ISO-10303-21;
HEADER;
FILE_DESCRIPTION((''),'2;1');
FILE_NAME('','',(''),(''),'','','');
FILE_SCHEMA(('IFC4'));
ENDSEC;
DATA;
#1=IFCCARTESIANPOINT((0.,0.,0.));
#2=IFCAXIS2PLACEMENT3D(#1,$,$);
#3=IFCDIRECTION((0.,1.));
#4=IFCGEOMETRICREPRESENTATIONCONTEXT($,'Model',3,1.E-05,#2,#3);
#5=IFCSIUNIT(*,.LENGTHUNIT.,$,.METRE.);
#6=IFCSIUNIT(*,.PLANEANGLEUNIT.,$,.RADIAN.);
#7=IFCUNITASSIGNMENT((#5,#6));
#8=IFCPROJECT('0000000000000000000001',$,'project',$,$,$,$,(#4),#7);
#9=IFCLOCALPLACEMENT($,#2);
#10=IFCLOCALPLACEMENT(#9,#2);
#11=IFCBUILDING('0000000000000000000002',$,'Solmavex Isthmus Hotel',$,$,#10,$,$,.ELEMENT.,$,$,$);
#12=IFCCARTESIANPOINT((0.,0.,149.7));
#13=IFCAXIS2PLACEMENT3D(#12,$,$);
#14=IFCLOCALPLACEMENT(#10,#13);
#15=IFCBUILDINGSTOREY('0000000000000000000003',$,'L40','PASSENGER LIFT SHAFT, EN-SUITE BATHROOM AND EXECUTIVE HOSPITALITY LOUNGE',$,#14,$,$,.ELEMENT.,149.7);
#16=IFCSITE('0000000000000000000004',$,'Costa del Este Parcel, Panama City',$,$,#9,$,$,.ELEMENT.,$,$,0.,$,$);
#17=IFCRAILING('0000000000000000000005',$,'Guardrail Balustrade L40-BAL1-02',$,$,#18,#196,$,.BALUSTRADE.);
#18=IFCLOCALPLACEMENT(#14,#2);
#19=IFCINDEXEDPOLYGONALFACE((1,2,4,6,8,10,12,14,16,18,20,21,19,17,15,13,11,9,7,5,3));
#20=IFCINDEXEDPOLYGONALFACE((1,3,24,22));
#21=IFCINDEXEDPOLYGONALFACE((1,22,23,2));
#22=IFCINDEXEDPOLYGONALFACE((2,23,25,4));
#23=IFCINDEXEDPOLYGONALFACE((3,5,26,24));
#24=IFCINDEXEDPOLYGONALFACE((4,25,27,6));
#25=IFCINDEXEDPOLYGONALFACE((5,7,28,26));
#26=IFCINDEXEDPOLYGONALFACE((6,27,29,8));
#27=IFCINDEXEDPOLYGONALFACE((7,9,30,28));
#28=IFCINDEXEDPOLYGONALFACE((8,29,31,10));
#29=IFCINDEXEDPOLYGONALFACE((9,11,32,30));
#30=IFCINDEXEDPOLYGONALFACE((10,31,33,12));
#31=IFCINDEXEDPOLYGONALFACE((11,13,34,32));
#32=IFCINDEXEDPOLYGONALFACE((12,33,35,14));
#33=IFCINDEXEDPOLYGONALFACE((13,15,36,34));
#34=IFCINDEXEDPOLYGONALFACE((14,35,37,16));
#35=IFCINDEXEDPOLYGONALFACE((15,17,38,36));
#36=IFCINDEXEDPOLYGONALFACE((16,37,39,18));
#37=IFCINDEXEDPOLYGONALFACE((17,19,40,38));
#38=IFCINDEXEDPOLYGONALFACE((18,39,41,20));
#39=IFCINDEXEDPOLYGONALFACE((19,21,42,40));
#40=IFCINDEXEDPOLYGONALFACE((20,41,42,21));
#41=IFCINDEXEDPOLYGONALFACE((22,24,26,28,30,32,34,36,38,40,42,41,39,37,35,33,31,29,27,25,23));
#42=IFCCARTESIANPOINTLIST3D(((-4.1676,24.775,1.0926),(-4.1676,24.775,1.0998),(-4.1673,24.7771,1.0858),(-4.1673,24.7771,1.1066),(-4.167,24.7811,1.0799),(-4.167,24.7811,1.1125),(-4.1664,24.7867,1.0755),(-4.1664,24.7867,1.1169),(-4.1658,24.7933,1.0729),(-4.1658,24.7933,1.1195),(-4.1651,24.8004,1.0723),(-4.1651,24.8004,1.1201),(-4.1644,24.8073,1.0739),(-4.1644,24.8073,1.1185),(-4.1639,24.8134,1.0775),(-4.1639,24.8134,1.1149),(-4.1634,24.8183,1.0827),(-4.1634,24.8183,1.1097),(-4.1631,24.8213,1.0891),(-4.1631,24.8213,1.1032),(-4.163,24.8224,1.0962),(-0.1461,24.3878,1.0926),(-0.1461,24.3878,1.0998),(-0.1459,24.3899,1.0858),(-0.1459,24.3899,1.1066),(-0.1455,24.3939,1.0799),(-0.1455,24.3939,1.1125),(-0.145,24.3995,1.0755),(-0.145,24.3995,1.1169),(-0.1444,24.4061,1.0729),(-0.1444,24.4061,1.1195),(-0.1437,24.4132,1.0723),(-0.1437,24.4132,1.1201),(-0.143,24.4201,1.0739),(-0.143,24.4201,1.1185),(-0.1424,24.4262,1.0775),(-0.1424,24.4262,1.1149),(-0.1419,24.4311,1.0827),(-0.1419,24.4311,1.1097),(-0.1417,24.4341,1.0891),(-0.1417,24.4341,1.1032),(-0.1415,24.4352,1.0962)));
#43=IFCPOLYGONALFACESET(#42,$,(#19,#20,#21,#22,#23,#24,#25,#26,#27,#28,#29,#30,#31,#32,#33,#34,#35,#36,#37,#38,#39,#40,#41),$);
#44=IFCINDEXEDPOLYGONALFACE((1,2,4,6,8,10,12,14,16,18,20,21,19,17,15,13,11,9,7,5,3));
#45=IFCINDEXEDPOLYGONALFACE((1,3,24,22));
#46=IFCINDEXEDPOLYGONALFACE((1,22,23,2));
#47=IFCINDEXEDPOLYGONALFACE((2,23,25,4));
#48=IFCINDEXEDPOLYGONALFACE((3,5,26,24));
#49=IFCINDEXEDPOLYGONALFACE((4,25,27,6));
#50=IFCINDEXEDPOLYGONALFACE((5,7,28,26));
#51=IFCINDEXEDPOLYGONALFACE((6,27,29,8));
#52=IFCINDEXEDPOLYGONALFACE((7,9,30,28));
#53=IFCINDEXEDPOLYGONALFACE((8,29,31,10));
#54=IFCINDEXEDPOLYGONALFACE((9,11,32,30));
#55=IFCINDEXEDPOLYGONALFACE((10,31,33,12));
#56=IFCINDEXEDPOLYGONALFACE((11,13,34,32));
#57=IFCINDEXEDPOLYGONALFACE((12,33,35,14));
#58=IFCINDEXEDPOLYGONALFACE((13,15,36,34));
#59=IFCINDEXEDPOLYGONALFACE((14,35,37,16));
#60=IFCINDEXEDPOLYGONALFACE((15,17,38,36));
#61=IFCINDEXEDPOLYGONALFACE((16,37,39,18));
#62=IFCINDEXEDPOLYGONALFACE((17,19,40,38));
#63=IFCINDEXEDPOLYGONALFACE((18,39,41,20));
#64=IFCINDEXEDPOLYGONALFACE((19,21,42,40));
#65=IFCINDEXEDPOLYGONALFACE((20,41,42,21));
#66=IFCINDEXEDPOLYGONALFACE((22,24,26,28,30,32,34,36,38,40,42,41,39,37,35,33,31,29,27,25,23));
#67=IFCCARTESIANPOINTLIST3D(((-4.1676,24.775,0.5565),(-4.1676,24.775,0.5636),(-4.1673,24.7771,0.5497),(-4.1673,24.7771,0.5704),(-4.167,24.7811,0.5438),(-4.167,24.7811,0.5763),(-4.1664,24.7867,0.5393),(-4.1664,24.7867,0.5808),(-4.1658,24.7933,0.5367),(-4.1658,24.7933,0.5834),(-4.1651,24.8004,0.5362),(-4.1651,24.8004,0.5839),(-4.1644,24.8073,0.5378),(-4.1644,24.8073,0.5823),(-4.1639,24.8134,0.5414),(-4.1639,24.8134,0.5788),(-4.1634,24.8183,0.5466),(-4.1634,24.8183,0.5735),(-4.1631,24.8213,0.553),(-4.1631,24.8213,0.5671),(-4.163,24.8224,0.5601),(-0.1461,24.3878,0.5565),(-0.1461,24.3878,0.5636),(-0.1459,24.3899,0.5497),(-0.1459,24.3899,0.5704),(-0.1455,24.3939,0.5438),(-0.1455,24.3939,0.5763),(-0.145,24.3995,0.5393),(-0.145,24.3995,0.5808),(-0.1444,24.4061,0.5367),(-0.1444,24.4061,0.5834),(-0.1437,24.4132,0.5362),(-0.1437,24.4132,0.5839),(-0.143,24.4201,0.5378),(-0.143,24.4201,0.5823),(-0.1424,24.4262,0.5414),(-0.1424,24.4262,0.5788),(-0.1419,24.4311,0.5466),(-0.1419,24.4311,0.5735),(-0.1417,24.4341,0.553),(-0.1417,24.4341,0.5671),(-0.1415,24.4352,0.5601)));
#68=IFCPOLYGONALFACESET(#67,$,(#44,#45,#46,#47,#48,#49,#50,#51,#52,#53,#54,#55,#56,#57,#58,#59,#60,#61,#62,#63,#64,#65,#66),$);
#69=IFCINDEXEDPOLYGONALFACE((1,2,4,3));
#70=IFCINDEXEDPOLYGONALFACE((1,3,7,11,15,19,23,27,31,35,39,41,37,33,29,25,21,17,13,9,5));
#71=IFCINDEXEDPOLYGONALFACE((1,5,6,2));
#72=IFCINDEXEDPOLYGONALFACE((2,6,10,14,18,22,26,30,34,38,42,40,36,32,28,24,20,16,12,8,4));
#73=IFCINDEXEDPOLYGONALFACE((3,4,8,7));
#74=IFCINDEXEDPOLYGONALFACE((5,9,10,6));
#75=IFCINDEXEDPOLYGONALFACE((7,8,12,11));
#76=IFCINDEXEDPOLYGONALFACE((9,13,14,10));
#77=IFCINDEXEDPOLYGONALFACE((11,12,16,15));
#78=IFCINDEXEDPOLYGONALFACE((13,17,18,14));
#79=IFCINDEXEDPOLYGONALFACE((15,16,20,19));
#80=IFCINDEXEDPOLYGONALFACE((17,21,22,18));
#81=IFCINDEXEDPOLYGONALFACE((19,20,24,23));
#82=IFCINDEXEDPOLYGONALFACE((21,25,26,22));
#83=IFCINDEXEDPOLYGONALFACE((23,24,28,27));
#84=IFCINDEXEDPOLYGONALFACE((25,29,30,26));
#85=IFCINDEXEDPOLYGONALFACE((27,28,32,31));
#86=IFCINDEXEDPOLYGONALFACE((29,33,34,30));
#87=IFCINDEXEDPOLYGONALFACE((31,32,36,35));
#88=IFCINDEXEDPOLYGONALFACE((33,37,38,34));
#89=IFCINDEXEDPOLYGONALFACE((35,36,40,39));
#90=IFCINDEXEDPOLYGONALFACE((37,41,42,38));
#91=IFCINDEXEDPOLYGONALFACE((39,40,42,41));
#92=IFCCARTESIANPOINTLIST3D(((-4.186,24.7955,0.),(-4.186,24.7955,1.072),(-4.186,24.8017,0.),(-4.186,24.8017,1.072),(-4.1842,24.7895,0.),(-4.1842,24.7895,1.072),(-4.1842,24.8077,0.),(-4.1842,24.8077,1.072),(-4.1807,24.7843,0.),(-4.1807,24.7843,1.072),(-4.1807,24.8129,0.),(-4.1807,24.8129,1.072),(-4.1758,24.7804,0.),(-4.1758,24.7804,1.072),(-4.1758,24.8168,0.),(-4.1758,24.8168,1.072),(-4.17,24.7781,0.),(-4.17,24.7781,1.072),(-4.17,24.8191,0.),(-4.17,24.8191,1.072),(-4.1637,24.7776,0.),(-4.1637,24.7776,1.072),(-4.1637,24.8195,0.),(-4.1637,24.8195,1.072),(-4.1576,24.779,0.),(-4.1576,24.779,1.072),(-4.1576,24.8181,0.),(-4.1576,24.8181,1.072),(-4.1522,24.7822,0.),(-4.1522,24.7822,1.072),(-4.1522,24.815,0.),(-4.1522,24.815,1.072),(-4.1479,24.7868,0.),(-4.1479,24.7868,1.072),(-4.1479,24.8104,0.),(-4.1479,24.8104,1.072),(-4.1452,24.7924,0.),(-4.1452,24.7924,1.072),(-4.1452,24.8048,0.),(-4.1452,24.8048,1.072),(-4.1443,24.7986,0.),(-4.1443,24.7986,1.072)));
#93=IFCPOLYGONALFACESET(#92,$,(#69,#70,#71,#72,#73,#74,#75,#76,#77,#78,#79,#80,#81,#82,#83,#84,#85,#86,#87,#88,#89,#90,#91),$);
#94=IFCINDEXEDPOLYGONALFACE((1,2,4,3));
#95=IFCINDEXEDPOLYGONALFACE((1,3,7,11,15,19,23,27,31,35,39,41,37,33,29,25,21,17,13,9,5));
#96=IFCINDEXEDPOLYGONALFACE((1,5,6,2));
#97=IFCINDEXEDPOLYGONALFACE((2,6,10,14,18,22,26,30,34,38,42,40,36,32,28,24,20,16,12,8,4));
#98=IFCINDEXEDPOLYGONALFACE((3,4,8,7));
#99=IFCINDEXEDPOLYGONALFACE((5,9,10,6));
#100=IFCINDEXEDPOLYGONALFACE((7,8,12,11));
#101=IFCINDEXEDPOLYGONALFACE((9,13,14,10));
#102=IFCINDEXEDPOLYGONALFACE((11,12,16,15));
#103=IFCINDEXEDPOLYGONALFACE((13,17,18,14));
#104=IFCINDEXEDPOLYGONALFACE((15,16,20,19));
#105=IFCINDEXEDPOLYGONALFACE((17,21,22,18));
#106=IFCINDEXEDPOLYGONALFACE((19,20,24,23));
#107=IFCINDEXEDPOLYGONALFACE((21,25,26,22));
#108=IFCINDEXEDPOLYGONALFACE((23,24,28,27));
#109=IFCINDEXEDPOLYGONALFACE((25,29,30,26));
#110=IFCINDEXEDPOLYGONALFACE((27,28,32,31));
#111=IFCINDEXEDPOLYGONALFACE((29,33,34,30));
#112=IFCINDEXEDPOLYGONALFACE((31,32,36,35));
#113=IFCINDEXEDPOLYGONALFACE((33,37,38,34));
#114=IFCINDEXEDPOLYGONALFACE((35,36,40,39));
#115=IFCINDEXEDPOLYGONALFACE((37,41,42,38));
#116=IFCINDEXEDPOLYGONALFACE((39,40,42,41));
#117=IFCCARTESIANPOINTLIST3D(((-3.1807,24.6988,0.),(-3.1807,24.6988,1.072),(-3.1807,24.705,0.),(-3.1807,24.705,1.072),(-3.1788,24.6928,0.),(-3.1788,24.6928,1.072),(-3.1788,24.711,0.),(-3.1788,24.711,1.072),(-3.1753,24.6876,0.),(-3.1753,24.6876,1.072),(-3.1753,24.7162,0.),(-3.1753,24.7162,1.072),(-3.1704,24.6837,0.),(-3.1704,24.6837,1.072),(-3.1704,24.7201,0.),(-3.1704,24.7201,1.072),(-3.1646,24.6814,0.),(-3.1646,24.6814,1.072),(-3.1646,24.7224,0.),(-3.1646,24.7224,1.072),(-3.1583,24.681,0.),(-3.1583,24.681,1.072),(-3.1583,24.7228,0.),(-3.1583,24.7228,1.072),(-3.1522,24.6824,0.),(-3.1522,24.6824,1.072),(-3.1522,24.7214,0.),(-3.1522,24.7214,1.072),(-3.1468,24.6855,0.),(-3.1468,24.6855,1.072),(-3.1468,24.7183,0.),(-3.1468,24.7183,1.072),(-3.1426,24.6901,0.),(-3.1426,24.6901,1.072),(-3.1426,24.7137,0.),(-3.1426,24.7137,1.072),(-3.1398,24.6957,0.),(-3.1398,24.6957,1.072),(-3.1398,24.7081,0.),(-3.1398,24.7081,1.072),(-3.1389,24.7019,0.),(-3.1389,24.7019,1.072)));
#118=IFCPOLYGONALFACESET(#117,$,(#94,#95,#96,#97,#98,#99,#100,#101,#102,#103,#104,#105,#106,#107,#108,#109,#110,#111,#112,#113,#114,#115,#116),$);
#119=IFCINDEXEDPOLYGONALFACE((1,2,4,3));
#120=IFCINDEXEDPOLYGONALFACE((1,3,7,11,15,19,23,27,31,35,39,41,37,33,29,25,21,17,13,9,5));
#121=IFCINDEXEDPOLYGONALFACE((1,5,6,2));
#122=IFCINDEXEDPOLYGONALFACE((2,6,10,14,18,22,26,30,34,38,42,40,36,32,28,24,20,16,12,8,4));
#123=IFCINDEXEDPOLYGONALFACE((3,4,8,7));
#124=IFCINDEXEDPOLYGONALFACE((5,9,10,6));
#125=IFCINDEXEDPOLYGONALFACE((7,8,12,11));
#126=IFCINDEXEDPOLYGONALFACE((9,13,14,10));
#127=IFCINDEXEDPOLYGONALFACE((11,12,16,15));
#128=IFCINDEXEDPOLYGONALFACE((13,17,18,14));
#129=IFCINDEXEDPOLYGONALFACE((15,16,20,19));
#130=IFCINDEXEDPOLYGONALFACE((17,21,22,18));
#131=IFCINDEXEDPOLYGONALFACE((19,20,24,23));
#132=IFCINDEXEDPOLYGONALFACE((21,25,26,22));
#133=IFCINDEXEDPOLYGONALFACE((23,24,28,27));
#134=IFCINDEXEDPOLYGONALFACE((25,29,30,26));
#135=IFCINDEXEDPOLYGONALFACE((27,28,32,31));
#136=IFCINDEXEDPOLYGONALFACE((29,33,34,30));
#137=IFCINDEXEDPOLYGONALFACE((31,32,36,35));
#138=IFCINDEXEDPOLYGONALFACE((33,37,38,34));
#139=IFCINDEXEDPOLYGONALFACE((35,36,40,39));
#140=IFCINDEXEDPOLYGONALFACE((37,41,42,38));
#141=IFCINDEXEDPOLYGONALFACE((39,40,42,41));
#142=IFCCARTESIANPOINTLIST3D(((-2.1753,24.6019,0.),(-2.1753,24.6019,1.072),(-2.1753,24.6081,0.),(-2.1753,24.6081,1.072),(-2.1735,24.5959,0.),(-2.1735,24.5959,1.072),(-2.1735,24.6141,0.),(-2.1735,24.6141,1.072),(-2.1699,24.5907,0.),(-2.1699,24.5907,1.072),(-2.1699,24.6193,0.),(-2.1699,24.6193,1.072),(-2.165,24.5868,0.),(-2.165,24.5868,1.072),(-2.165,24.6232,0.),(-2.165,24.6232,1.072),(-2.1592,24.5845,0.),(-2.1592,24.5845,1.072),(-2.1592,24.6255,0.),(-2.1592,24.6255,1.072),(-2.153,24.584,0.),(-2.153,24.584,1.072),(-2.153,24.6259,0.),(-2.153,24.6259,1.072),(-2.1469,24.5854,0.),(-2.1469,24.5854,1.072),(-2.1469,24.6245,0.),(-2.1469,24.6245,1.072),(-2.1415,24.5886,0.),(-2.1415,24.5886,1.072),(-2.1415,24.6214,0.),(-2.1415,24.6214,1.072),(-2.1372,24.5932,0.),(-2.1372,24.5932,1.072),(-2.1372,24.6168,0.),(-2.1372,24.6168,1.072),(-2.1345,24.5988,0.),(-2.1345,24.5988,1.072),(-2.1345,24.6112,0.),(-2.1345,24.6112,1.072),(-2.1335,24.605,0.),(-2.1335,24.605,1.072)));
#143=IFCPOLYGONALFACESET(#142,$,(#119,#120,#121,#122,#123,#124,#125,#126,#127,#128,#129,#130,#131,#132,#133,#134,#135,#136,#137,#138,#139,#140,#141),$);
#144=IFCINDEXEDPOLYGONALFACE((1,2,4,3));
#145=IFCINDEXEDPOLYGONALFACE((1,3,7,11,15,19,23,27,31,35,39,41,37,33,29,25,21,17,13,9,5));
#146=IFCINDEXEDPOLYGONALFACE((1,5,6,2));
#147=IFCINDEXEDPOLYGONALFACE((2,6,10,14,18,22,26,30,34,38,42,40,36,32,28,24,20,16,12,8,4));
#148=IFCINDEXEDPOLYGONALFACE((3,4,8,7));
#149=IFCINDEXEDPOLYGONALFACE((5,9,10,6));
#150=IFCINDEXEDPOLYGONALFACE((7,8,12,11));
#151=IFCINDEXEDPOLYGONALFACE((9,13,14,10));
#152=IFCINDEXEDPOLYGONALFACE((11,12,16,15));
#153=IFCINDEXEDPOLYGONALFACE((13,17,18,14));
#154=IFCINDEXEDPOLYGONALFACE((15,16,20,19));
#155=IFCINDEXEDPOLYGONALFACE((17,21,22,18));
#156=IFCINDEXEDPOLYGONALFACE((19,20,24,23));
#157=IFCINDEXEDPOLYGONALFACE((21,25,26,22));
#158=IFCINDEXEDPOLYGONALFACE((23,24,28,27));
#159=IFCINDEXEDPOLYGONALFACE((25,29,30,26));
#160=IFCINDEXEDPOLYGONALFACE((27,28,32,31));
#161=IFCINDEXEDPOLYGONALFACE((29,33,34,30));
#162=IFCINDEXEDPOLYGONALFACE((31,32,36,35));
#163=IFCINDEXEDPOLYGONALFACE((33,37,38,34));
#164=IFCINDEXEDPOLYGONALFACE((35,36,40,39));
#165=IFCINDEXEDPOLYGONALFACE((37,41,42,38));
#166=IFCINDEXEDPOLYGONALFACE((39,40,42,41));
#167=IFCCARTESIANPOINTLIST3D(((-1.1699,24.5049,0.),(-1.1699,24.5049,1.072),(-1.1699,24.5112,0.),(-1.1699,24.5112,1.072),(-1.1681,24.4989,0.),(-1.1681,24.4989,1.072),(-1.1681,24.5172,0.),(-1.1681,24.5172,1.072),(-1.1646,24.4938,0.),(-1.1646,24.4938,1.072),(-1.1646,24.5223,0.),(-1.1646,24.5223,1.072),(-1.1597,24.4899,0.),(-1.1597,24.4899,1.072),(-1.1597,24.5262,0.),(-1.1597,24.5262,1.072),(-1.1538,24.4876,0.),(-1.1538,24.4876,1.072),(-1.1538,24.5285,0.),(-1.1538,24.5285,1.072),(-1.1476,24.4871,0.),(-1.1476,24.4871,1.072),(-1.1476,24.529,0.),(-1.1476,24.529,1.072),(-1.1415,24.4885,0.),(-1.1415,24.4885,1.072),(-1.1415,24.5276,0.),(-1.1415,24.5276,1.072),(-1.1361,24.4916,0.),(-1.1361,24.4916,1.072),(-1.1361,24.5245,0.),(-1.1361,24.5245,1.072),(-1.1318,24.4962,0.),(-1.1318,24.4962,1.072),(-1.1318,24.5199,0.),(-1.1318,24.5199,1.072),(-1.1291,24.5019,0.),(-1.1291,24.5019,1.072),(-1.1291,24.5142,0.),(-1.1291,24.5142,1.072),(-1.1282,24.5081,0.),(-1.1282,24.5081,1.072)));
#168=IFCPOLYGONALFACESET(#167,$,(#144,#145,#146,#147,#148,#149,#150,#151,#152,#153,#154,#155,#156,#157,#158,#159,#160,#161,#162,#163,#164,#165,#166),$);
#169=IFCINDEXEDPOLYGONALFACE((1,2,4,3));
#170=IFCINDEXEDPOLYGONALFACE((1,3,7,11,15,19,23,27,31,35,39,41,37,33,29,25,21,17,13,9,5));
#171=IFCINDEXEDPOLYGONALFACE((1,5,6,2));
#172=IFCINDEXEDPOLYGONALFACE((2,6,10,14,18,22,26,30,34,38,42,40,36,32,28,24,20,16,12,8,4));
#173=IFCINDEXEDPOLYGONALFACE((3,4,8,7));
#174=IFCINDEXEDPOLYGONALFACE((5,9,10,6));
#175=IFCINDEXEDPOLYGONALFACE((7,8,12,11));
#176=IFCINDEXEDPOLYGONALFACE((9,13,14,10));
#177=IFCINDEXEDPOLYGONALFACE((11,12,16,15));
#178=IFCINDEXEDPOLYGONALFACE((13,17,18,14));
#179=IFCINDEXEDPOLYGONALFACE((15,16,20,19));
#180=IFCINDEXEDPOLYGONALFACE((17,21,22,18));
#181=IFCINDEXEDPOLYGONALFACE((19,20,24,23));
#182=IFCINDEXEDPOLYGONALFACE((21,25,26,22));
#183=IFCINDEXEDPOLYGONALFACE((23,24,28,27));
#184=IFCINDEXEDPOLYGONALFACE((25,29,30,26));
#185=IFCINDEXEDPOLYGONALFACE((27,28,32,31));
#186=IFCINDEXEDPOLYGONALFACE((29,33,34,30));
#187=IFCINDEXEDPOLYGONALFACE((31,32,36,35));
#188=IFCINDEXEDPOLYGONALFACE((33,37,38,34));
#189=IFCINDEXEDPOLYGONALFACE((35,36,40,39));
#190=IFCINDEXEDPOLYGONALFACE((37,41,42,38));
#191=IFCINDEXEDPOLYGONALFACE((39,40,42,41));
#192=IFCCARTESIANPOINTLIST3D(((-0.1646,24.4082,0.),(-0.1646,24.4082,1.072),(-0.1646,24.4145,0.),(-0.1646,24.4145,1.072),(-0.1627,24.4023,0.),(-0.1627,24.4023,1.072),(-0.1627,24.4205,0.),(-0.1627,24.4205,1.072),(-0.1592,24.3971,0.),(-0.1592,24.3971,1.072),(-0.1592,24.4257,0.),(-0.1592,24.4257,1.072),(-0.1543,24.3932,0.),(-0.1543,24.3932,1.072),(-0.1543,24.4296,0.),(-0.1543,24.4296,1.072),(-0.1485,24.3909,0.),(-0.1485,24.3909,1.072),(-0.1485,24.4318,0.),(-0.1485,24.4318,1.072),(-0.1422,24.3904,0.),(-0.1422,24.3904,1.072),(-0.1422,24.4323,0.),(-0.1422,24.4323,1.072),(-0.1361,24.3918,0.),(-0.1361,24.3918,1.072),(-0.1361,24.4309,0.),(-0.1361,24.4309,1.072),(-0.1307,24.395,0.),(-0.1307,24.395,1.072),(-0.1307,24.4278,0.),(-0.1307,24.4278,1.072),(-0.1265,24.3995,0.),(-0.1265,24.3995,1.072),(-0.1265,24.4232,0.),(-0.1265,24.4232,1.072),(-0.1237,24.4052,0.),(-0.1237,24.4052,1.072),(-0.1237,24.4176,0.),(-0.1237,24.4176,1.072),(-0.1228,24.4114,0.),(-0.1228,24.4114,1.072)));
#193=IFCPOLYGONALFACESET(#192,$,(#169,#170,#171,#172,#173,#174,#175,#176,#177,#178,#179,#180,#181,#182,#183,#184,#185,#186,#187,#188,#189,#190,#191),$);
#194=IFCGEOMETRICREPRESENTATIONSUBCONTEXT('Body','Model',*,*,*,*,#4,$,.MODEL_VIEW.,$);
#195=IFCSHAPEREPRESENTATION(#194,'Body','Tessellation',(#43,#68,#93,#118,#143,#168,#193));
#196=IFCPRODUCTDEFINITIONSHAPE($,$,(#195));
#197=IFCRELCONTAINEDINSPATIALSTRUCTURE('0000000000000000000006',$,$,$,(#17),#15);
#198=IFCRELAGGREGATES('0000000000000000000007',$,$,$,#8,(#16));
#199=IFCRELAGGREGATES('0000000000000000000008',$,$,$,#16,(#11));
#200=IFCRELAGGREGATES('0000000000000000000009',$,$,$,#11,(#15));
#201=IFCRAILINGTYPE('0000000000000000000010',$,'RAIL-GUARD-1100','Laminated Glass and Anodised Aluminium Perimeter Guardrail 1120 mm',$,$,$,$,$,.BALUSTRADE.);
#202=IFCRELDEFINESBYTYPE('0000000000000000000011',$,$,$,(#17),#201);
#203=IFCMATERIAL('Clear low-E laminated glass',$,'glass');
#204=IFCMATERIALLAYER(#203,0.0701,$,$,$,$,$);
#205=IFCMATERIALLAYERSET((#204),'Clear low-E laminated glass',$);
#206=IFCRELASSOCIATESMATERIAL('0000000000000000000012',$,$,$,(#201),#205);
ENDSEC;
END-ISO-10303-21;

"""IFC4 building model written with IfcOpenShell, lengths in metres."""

from ifc_helpers import new_model, si_unit, direction, frame, origin, origin_2d, place, context, subcontext, project, spatial, circle, extrude, material, layer, layer_set, type_object, element, save


model = new_model("IFC4")

# Units and contexts
model_context = context("Model", 3, precision=1e-05, world=origin(), true_north=direction((0.0, 1.0)))
body_context = subcontext(model_context, "Body", "Model", "MODEL_VIEW")
ifc_project = project(units=[si_unit("LENGTHUNIT", "METRE"), si_unit("PLANEANGLEUNIT", "RADIAN")], contexts=[model_context])

# Site, building, storey
site_placement = place(None, origin())
site = spatial("IfcSite", under=ifc_project, at=site_placement, Name="Costa del Este Parcel, Panama City", CompositionType="ELEMENT", RefElevation=0.0)
building_placement = place(site_placement, origin())
building = spatial("IfcBuilding", under=site, at=building_placement, Name="Solmavex Isthmus Hotel", CompositionType="ELEMENT")
storey_placement = place(building_placement, frame((0.0, 0.0, 149.7)))
storey = spatial("IfcBuildingStorey", under=building, at=storey_placement, Name="L40", Description="PASSENGER LIFT SHAFT, EN-SUITE BATHROOM AND EXECUTIVE HOSPITALITY LOUNGE", CompositionType="ELEMENT", Elevation=149.7)

# Shared definitions
ifc_material_1 = material(Name="Clear low-E laminated glass", Category="glass")

# Railing
ifc_layer_1 = layer(ifc_material_1, 0.0701)
ifc_layer_set_1 = layer_set([ifc_layer_1], Name="Clear low-E laminated glass")
railing_type = type_object("IfcRailingType", Name="RAIL-GUARD-1100", Description="Laminated Glass and Anodised Aluminium Perimeter Guardrail 1120 mm", PredefinedType="BALUSTRADE", material=ifc_layer_set_1)
railing_1_placement = place(storey_placement, frame((-4.1653, 24.7986, 0.0)))
element("IfcRailing", 1, at=railing_1_placement, inside=storey, type_object=railing_type, Name="Guardrail Balustrade L40-BAL1-02", PredefinedType="BALUSTRADE", context=body_context, shape_type="SweptSolid", body=[
    extrude(circle(Radius=0.0239, at=origin_2d()), frame((0.0, 0.0, 1.0962), z_axis=(0.995397, -0.095841, 0.0), x_axis=(0.095841, 0.995397, 0.0)), (0.0, 0.0, 1.0), 4.04),
    extrude(circle(Radius=0.0239, at=origin_2d()), frame((0.0, 0.0, 0.5601), z_axis=(0.995397, -0.095841, 0.0), x_axis=(0.095841, 0.995397, 0.0)), (0.0, 0.0, 1.0), 4.04),
    extrude(circle(Radius=0.021, at=origin_2d()), origin(), (0.0, 0.0, 1.0), 1.072),
    extrude(circle(Radius=0.021, at=origin_2d()), frame((1.0054, -0.0967, 0.0)), (0.0, 0.0, 1.0), 1.072),
    extrude(circle(Radius=0.021, at=origin_2d()), frame((2.0107, -0.1936, 0.0)), (0.0, 0.0, 1.0), 1.072),
    extrude(circle(Radius=0.021, at=origin_2d()), frame((3.0161, -0.2905, 0.0)), (0.0, 0.0, 1.0), 1.072),
    extrude(circle(Radius=0.021, at=origin_2d()), frame((4.0215, -0.3872, 0.0)), (0.0, 0.0, 1.0), 1.072),
])

save(model, "model.ifc")
